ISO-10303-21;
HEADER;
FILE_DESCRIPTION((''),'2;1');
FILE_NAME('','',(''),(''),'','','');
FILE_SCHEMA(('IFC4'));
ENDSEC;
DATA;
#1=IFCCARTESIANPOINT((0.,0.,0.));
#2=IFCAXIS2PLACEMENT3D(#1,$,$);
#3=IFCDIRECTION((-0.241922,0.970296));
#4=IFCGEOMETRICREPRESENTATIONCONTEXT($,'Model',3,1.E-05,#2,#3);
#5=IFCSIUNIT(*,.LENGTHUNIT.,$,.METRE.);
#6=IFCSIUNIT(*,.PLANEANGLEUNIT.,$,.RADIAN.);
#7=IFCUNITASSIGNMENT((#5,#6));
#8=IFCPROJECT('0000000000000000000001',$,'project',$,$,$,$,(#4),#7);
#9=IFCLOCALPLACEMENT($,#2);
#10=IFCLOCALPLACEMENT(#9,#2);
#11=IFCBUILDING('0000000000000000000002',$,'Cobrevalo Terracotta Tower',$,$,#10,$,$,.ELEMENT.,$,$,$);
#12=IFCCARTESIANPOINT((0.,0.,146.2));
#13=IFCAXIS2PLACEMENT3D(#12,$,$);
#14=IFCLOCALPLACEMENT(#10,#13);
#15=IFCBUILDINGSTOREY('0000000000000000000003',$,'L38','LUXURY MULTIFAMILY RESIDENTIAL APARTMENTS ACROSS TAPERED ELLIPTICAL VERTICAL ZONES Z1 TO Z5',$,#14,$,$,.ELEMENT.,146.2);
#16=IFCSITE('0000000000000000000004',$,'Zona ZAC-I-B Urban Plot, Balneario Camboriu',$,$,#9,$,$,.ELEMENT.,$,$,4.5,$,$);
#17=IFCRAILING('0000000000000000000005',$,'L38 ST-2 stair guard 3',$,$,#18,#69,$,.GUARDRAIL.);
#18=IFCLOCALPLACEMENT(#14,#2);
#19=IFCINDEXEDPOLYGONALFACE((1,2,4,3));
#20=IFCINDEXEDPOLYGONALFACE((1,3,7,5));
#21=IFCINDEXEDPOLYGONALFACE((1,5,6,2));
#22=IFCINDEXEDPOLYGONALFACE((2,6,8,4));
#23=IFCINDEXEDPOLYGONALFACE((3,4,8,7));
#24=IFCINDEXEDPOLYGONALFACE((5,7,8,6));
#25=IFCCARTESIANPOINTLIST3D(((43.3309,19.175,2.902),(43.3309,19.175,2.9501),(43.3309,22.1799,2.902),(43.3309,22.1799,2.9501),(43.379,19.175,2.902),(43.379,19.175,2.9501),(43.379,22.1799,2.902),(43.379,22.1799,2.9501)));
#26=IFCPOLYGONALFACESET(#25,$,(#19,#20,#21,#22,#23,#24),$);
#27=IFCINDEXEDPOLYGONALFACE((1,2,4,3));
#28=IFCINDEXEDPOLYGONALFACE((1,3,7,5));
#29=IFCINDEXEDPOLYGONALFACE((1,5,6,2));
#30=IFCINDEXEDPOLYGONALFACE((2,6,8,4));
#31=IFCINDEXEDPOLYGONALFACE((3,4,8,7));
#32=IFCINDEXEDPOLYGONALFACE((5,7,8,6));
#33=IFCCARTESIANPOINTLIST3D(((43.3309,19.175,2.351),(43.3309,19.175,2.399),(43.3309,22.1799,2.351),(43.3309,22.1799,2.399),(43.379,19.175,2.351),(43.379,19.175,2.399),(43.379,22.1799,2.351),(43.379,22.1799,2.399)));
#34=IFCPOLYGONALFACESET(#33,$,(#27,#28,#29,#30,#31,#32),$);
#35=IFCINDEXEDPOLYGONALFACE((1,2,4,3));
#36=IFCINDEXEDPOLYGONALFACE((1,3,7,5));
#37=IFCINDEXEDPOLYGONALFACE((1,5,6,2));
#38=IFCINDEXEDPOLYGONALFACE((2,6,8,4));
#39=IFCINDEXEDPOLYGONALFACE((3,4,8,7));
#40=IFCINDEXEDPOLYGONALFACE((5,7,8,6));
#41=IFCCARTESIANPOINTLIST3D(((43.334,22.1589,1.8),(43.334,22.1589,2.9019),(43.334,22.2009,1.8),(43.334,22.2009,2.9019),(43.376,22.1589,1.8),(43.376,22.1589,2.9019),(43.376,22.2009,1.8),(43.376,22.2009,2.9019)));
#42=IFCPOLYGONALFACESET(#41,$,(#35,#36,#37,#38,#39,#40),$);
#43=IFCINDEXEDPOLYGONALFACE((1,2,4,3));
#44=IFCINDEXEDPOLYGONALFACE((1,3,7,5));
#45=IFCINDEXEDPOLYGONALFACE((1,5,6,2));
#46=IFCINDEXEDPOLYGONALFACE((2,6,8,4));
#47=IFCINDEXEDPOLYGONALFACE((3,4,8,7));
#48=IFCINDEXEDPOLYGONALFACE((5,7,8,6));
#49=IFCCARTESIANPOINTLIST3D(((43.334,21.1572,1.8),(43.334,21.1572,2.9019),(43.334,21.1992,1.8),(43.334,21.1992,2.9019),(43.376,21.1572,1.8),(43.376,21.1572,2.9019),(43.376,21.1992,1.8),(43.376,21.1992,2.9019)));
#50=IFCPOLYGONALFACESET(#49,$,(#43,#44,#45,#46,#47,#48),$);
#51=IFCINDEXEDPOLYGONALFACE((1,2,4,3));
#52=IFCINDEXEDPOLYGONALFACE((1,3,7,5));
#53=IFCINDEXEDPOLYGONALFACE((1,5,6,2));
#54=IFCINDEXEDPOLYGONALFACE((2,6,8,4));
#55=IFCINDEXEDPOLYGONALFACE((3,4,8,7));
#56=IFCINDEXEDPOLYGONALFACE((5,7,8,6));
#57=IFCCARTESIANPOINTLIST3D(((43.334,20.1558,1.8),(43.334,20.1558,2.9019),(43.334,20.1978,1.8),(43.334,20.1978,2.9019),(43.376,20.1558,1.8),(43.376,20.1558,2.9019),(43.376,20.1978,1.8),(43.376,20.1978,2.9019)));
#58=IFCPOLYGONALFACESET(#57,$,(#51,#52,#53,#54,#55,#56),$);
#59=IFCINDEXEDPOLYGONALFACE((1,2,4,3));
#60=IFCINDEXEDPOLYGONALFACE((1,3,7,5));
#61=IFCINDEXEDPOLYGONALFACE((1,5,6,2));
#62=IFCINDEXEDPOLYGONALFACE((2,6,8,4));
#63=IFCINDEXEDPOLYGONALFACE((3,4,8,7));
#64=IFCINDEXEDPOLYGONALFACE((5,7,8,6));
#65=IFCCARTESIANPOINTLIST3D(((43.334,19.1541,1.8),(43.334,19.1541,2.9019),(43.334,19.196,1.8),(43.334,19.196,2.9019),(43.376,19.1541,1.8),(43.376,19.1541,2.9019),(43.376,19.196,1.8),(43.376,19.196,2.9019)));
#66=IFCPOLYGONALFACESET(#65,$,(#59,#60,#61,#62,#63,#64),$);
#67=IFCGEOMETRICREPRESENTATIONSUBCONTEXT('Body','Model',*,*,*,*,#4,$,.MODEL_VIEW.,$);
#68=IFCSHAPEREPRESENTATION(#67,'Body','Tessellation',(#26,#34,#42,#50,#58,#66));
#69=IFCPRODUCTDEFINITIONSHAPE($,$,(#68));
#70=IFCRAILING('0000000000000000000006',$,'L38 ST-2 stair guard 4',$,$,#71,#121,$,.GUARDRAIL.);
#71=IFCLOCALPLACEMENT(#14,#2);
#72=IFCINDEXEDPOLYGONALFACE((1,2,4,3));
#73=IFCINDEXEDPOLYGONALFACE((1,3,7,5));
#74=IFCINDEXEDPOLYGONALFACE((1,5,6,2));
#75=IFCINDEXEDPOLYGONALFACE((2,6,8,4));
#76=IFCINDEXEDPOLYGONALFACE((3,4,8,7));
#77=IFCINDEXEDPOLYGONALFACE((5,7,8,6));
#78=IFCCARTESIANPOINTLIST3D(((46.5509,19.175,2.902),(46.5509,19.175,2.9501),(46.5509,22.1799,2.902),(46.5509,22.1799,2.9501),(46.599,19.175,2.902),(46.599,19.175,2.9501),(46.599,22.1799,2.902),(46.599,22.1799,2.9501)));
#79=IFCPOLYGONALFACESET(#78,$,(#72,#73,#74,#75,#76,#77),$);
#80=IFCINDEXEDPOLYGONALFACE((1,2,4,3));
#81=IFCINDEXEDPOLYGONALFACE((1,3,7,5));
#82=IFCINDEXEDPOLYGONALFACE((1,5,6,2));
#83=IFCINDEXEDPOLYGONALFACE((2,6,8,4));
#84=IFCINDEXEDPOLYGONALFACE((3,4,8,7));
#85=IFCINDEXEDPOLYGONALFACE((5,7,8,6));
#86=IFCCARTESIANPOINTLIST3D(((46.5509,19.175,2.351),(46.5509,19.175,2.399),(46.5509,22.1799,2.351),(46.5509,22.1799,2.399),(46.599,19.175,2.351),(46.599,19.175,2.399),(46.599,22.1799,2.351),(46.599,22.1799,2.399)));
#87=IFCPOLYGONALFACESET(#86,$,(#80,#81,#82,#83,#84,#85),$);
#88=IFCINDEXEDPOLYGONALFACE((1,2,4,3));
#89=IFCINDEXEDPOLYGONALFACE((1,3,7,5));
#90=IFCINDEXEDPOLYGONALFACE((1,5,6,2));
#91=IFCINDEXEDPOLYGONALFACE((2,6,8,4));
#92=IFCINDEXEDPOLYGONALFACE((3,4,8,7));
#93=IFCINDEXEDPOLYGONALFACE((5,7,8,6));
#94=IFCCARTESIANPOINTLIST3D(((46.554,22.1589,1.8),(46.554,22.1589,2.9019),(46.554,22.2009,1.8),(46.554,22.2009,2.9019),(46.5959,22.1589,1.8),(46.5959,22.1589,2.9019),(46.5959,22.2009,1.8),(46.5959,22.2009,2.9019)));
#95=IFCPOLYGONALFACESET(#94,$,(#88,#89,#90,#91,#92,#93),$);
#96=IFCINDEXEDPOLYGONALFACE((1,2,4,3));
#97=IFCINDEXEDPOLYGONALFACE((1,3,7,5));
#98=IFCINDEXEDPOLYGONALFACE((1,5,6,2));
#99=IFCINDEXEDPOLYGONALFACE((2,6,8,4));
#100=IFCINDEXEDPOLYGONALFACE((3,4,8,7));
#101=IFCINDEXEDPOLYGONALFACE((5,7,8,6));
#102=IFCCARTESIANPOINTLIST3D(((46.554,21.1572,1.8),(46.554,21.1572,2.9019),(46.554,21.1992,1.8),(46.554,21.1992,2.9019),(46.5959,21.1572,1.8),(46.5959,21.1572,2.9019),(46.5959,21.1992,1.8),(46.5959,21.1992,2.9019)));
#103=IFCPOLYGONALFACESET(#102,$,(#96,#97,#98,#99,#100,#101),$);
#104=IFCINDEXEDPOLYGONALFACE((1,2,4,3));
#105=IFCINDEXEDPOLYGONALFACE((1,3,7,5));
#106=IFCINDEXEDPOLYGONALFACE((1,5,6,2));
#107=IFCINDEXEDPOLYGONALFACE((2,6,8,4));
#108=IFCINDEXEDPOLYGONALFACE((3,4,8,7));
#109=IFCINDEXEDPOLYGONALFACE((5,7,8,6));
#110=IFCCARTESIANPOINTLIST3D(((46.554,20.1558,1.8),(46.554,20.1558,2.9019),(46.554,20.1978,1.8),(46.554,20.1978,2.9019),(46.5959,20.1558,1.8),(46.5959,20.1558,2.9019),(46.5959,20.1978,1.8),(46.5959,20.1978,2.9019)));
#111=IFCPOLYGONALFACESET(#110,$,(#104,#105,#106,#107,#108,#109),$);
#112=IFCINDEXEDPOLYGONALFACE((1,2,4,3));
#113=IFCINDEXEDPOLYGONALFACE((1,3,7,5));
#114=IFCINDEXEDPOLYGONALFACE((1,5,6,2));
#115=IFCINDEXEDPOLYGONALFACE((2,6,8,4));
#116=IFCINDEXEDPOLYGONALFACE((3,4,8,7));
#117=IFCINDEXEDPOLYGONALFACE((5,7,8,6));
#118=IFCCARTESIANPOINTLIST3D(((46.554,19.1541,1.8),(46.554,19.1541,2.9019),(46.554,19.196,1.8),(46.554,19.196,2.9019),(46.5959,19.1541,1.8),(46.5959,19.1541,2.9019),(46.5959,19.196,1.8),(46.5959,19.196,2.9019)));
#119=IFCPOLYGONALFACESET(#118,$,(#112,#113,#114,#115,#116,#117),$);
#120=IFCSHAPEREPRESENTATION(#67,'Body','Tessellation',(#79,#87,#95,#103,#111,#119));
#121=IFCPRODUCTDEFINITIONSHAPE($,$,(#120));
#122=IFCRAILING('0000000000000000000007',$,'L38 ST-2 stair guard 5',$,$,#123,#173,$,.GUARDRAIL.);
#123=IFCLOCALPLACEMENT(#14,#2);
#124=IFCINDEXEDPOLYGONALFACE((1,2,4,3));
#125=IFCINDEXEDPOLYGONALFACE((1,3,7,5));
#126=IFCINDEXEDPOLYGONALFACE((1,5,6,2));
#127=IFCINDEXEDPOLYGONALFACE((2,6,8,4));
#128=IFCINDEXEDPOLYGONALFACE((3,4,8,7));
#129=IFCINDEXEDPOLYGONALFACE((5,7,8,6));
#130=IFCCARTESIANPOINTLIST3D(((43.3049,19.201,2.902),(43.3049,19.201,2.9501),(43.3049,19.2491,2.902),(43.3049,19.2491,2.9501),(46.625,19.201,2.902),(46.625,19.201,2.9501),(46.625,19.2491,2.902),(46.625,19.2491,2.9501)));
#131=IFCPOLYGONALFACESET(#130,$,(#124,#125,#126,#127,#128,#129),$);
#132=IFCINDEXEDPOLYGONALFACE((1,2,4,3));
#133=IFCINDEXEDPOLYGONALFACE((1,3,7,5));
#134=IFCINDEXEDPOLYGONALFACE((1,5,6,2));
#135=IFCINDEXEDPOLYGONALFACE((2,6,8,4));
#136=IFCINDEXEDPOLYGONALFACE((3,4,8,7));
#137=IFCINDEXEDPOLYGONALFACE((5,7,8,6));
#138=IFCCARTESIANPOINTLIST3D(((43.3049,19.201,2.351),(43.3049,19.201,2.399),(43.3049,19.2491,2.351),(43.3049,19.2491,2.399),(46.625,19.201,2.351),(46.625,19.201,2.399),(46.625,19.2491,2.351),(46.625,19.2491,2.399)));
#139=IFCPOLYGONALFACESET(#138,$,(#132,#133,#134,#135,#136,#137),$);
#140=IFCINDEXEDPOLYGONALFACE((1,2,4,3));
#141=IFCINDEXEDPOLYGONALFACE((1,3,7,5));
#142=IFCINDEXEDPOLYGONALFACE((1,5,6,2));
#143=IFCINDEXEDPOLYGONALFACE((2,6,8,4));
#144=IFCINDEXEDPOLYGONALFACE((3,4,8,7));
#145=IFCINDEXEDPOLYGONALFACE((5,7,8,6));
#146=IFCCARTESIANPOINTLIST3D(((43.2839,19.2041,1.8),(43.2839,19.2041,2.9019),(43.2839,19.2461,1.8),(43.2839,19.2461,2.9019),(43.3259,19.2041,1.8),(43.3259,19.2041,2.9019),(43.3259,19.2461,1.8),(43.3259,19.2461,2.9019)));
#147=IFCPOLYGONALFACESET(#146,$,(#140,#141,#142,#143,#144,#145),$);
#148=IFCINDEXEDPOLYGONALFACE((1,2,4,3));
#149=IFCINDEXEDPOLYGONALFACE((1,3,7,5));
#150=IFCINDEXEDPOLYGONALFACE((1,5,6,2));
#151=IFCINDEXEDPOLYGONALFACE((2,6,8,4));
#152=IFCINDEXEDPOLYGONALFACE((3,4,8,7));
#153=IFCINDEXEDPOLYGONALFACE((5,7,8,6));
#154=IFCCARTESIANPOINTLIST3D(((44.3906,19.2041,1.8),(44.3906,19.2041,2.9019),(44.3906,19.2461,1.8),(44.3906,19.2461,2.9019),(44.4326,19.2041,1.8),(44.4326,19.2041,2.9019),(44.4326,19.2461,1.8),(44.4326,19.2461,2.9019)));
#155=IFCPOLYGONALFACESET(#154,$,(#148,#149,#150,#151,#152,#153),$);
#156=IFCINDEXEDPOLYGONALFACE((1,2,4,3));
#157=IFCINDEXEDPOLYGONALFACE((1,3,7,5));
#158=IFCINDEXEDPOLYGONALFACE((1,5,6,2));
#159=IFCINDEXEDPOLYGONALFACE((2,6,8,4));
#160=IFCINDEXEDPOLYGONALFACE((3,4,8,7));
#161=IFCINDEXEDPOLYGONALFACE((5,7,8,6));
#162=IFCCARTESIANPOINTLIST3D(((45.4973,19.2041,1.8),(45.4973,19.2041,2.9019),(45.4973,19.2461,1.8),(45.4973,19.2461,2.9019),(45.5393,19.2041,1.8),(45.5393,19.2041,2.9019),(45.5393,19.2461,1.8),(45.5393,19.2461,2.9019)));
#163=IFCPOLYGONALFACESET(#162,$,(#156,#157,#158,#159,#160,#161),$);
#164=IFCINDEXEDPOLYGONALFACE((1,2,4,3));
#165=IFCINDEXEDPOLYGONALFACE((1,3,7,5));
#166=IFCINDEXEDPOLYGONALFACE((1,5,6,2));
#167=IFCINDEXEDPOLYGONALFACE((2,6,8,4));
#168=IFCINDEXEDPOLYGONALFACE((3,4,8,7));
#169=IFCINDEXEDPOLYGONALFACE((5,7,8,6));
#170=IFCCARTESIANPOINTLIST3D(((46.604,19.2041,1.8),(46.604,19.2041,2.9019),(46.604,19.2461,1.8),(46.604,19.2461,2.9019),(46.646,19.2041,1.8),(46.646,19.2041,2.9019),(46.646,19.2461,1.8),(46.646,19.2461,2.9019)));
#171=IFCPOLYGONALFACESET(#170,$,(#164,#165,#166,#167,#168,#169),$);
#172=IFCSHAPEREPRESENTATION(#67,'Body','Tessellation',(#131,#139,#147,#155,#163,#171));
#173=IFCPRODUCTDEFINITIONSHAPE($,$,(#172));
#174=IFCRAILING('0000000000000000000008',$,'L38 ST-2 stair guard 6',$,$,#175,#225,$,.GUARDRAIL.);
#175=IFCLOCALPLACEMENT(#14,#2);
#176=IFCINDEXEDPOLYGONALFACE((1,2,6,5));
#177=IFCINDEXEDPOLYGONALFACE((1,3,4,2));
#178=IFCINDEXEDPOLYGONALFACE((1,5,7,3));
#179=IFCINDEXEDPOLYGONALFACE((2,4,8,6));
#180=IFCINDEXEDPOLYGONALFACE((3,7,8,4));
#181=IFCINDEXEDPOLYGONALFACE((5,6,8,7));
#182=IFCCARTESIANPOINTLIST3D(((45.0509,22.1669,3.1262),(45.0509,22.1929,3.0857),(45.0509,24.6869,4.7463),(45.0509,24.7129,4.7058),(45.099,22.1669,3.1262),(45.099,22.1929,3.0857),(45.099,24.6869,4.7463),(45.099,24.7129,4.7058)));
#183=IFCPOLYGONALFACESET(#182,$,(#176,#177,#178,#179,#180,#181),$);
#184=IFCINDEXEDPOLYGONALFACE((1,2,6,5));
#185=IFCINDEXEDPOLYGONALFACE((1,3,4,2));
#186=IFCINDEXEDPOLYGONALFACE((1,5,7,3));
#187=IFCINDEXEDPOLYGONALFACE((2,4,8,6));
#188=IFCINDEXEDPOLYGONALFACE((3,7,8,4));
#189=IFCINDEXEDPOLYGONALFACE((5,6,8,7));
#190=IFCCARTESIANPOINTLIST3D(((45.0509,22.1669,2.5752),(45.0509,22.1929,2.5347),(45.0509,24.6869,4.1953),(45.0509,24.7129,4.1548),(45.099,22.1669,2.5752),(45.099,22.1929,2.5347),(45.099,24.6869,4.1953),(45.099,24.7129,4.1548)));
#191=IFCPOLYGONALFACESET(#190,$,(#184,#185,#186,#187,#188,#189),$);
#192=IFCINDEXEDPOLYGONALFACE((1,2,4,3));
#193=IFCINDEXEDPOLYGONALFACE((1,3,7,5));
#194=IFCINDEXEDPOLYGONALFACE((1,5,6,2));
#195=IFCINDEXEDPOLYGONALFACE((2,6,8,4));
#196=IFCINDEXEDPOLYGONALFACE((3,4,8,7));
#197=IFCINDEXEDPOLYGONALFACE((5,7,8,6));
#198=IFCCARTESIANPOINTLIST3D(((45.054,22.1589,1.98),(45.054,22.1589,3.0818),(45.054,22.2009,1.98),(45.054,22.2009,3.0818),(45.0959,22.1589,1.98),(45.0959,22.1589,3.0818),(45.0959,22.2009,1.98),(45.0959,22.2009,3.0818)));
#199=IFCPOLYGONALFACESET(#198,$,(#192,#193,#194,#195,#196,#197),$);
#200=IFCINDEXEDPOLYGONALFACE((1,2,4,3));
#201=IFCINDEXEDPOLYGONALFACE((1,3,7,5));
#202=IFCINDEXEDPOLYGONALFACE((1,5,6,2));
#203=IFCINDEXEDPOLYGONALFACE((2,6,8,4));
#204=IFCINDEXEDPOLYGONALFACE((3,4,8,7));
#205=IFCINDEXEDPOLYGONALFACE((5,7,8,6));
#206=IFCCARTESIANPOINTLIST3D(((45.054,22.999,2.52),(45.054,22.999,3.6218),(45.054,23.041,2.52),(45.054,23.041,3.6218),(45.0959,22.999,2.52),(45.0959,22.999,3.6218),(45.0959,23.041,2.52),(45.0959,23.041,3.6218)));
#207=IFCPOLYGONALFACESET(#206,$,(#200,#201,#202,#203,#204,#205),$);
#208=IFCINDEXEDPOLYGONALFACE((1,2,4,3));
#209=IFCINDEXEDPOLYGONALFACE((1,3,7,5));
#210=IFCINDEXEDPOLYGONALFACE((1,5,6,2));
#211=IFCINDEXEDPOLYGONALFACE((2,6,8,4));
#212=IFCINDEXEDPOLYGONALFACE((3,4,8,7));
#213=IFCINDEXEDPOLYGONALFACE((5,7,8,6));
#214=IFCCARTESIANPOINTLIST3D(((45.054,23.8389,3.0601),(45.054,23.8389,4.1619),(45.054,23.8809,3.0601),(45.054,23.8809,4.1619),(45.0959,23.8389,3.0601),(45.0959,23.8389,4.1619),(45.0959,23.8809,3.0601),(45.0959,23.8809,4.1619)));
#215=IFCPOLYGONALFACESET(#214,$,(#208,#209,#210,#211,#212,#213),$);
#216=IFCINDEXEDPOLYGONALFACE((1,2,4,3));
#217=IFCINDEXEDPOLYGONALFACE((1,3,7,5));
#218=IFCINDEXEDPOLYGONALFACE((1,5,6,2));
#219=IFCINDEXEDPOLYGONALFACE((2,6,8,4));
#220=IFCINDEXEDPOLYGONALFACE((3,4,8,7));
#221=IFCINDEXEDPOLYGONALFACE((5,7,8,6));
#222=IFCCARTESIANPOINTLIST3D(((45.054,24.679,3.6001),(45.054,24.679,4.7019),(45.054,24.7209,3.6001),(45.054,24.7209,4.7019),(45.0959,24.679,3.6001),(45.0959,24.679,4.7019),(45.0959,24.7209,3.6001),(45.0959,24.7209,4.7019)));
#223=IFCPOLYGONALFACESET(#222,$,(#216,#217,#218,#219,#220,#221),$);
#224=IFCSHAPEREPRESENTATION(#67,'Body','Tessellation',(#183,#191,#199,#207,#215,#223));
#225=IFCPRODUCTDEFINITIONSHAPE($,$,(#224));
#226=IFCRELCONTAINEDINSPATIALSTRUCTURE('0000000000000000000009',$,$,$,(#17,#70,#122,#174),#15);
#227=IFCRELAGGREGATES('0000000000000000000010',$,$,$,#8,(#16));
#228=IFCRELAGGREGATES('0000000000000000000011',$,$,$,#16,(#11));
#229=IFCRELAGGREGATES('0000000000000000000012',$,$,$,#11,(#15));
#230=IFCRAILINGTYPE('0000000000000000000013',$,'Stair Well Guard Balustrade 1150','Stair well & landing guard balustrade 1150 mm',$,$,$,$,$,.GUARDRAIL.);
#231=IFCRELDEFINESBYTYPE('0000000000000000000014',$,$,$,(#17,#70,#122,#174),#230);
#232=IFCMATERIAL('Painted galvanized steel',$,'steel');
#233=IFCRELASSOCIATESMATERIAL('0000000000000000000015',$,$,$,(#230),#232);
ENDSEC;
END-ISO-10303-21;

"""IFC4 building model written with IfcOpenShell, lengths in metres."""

from ifc_helpers import new_model, si_unit, direction, frame, origin, origin_2d, place, context, subcontext, project, spatial, rectangle, extrude, material, type_object, element, save


model = new_model("IFC4")

# Units and contexts
model_context = context("Model", 3, precision=1e-05, world=origin(), true_north=direction((-0.241922, 0.970296)))
body_context = subcontext(model_context, "Body", "Model", "MODEL_VIEW")
ifc_project = project(units=[si_unit("LENGTHUNIT", "METRE"), si_unit("PLANEANGLEUNIT", "RADIAN")], contexts=[model_context])

# Site, building, storey
site_placement = place(None, origin())
site = spatial("IfcSite", under=ifc_project, at=site_placement, Name="Zona ZAC-I-B Urban Plot, Balneario Camboriu", CompositionType="ELEMENT", RefElevation=4.5)
building_placement = place(site_placement, origin())
building = spatial("IfcBuilding", under=site, at=building_placement, Name="Cobrevalo Terracotta Tower", CompositionType="ELEMENT")
storey_placement = place(building_placement, frame((0.0, 0.0, 146.2)))
storey = spatial("IfcBuildingStorey", under=building, at=storey_placement, Name="L38", Description="LUXURY MULTIFAMILY RESIDENTIAL APARTMENTS ACROSS TAPERED ELLIPTICAL VERTICAL ZONES Z1 TO Z5", CompositionType="ELEMENT", Elevation=146.2)

# Railings
ifc_material_1 = material(Name="Painted galvanized steel", Category="steel")
railing_type_1 = type_object("IfcRailingType", Name="Stair Well Guard Balustrade 1150", Description="Stair well & landing guard balustrade 1150 mm", PredefinedType="GUARDRAIL", material=ifc_material_1)
for number, where, name in (
    (1, (43.355, 22.1799, 1.8), "L38 ST-2 stair guard 3"),
    (2, (46.575, 22.1799, 1.8), "L38 ST-2 stair guard 4"),
):
    element("IfcRailing", number, at=place(storey_placement, frame(where)), inside=storey, type_object=railing_type_1, Name=name, PredefinedType="GUARDRAIL", context=body_context, shape_type="SweptSolid", body=[
        extrude(rectangle(XDim=0.0481, YDim=0.0481, at=origin_2d()), frame((0.0, 0.0, 1.126), z_axis=(0.0, -1.0, 0.0), x_axis=(1.0, 0.0, 0.0)), (0.0, 0.0, 1.0), 3.0049),
        extrude(rectangle(XDim=0.0481, YDim=0.0481, at=origin_2d()), frame((0.0, 0.0, 0.575), z_axis=(0.0, -1.0, 0.0), x_axis=(1.0, 0.0, 0.0)), (0.0, 0.0, 1.0), 3.0049),
        extrude(rectangle(XDim=0.042, YDim=0.042, at=origin_2d()), origin(), (0.0, 0.0, 1.0), 1.1018),
        extrude(rectangle(XDim=0.042, YDim=0.042, at=origin_2d()), frame((0.0, -1.0017, 0.0)), (0.0, 0.0, 1.0), 1.1018),
        extrude(rectangle(XDim=0.042, YDim=0.042, at=origin_2d()), frame((0.0, -2.0032, 0.0)), (0.0, 0.0, 1.0), 1.1018),
        extrude(rectangle(XDim=0.042, YDim=0.042, at=origin_2d()), frame((0.0, -3.0049, 0.0)), (0.0, 0.0, 1.0), 1.1018),
    ])
railing_1_placement = place(storey_placement, frame((43.3049, 19.2251, 1.8)))
element("IfcRailing", 3, at=railing_1_placement, inside=storey, type_object=railing_type_1, Name="L38 ST-2 stair guard 5", PredefinedType="GUARDRAIL", context=body_context, shape_type="SweptSolid", body=[
    extrude(rectangle(XDim=0.0481, YDim=0.0481, at=origin_2d()), frame((0.0, 0.0, 1.126), z_axis=(1.0, 0.0, 0.0), x_axis=(0.0, 1.0, 0.0)), (0.0, 0.0, 1.0), 3.3201),
    extrude(rectangle(XDim=0.0481, YDim=0.0481, at=origin_2d()), frame((0.0, 0.0, 0.575), z_axis=(1.0, 0.0, 0.0), x_axis=(0.0, 1.0, 0.0)), (0.0, 0.0, 1.0), 3.3201),
    extrude(rectangle(XDim=0.042, YDim=0.042, at=origin_2d()), origin(), (0.0, 0.0, 1.0), 1.1018),
    extrude(rectangle(XDim=0.042, YDim=0.042, at=origin_2d()), frame((1.1067, 0.0, 0.0)), (0.0, 0.0, 1.0), 1.1018),
    extrude(rectangle(XDim=0.042, YDim=0.042, at=origin_2d()), frame((2.2134, 0.0, 0.0)), (0.0, 0.0, 1.0), 1.1018),
    extrude(rectangle(XDim=0.042, YDim=0.042, at=origin_2d()), frame((3.3201, 0.0, 0.0)), (0.0, 0.0, 1.0), 1.1018),
])
railing_2_placement = place(storey_placement, frame((45.075, 22.1799, 1.98)))
element("IfcRailing", 4, at=railing_2_placement, inside=storey, type_object=railing_type_1, Name="L38 ST-2 stair guard 6", PredefinedType="GUARDRAIL", context=body_context, shape_type="SweptSolid", body=[
    extrude(rectangle(XDim=0.0481, YDim=0.0481, at=origin_2d()), frame((0.0, 0.0, 1.126), z_axis=(0.0, 0.841163, 0.540782), x_axis=(-1.0, 0.0, 0.0)), (0.0, 0.0, 1.0), 2.9958),
    extrude(rectangle(XDim=0.0481, YDim=0.0481, at=origin_2d()), frame((0.0, 0.0, 0.575), z_axis=(0.0, 0.841163, 0.540782), x_axis=(-1.0, 0.0, 0.0)), (0.0, 0.0, 1.0), 2.9958),
    extrude(rectangle(XDim=0.042, YDim=0.042, at=origin_2d()), origin(), (0.0, 0.0, 1.0), 1.1018),
    extrude(rectangle(XDim=0.042, YDim=0.042, at=origin_2d()), frame((0.0, 0.8401, 0.54)), (0.0, 0.0, 1.0), 1.1018),
    extrude(rectangle(XDim=0.042, YDim=0.042, at=origin_2d()), frame((0.0, 1.6799, 1.0801)), (0.0, 0.0, 1.0), 1.1018),
    extrude(rectangle(XDim=0.042, YDim=0.042, at=origin_2d()), frame((0.0, 2.52, 1.6201)), (0.0, 0.0, 1.0), 1.1018),
])

save(model, "model.ifc")
